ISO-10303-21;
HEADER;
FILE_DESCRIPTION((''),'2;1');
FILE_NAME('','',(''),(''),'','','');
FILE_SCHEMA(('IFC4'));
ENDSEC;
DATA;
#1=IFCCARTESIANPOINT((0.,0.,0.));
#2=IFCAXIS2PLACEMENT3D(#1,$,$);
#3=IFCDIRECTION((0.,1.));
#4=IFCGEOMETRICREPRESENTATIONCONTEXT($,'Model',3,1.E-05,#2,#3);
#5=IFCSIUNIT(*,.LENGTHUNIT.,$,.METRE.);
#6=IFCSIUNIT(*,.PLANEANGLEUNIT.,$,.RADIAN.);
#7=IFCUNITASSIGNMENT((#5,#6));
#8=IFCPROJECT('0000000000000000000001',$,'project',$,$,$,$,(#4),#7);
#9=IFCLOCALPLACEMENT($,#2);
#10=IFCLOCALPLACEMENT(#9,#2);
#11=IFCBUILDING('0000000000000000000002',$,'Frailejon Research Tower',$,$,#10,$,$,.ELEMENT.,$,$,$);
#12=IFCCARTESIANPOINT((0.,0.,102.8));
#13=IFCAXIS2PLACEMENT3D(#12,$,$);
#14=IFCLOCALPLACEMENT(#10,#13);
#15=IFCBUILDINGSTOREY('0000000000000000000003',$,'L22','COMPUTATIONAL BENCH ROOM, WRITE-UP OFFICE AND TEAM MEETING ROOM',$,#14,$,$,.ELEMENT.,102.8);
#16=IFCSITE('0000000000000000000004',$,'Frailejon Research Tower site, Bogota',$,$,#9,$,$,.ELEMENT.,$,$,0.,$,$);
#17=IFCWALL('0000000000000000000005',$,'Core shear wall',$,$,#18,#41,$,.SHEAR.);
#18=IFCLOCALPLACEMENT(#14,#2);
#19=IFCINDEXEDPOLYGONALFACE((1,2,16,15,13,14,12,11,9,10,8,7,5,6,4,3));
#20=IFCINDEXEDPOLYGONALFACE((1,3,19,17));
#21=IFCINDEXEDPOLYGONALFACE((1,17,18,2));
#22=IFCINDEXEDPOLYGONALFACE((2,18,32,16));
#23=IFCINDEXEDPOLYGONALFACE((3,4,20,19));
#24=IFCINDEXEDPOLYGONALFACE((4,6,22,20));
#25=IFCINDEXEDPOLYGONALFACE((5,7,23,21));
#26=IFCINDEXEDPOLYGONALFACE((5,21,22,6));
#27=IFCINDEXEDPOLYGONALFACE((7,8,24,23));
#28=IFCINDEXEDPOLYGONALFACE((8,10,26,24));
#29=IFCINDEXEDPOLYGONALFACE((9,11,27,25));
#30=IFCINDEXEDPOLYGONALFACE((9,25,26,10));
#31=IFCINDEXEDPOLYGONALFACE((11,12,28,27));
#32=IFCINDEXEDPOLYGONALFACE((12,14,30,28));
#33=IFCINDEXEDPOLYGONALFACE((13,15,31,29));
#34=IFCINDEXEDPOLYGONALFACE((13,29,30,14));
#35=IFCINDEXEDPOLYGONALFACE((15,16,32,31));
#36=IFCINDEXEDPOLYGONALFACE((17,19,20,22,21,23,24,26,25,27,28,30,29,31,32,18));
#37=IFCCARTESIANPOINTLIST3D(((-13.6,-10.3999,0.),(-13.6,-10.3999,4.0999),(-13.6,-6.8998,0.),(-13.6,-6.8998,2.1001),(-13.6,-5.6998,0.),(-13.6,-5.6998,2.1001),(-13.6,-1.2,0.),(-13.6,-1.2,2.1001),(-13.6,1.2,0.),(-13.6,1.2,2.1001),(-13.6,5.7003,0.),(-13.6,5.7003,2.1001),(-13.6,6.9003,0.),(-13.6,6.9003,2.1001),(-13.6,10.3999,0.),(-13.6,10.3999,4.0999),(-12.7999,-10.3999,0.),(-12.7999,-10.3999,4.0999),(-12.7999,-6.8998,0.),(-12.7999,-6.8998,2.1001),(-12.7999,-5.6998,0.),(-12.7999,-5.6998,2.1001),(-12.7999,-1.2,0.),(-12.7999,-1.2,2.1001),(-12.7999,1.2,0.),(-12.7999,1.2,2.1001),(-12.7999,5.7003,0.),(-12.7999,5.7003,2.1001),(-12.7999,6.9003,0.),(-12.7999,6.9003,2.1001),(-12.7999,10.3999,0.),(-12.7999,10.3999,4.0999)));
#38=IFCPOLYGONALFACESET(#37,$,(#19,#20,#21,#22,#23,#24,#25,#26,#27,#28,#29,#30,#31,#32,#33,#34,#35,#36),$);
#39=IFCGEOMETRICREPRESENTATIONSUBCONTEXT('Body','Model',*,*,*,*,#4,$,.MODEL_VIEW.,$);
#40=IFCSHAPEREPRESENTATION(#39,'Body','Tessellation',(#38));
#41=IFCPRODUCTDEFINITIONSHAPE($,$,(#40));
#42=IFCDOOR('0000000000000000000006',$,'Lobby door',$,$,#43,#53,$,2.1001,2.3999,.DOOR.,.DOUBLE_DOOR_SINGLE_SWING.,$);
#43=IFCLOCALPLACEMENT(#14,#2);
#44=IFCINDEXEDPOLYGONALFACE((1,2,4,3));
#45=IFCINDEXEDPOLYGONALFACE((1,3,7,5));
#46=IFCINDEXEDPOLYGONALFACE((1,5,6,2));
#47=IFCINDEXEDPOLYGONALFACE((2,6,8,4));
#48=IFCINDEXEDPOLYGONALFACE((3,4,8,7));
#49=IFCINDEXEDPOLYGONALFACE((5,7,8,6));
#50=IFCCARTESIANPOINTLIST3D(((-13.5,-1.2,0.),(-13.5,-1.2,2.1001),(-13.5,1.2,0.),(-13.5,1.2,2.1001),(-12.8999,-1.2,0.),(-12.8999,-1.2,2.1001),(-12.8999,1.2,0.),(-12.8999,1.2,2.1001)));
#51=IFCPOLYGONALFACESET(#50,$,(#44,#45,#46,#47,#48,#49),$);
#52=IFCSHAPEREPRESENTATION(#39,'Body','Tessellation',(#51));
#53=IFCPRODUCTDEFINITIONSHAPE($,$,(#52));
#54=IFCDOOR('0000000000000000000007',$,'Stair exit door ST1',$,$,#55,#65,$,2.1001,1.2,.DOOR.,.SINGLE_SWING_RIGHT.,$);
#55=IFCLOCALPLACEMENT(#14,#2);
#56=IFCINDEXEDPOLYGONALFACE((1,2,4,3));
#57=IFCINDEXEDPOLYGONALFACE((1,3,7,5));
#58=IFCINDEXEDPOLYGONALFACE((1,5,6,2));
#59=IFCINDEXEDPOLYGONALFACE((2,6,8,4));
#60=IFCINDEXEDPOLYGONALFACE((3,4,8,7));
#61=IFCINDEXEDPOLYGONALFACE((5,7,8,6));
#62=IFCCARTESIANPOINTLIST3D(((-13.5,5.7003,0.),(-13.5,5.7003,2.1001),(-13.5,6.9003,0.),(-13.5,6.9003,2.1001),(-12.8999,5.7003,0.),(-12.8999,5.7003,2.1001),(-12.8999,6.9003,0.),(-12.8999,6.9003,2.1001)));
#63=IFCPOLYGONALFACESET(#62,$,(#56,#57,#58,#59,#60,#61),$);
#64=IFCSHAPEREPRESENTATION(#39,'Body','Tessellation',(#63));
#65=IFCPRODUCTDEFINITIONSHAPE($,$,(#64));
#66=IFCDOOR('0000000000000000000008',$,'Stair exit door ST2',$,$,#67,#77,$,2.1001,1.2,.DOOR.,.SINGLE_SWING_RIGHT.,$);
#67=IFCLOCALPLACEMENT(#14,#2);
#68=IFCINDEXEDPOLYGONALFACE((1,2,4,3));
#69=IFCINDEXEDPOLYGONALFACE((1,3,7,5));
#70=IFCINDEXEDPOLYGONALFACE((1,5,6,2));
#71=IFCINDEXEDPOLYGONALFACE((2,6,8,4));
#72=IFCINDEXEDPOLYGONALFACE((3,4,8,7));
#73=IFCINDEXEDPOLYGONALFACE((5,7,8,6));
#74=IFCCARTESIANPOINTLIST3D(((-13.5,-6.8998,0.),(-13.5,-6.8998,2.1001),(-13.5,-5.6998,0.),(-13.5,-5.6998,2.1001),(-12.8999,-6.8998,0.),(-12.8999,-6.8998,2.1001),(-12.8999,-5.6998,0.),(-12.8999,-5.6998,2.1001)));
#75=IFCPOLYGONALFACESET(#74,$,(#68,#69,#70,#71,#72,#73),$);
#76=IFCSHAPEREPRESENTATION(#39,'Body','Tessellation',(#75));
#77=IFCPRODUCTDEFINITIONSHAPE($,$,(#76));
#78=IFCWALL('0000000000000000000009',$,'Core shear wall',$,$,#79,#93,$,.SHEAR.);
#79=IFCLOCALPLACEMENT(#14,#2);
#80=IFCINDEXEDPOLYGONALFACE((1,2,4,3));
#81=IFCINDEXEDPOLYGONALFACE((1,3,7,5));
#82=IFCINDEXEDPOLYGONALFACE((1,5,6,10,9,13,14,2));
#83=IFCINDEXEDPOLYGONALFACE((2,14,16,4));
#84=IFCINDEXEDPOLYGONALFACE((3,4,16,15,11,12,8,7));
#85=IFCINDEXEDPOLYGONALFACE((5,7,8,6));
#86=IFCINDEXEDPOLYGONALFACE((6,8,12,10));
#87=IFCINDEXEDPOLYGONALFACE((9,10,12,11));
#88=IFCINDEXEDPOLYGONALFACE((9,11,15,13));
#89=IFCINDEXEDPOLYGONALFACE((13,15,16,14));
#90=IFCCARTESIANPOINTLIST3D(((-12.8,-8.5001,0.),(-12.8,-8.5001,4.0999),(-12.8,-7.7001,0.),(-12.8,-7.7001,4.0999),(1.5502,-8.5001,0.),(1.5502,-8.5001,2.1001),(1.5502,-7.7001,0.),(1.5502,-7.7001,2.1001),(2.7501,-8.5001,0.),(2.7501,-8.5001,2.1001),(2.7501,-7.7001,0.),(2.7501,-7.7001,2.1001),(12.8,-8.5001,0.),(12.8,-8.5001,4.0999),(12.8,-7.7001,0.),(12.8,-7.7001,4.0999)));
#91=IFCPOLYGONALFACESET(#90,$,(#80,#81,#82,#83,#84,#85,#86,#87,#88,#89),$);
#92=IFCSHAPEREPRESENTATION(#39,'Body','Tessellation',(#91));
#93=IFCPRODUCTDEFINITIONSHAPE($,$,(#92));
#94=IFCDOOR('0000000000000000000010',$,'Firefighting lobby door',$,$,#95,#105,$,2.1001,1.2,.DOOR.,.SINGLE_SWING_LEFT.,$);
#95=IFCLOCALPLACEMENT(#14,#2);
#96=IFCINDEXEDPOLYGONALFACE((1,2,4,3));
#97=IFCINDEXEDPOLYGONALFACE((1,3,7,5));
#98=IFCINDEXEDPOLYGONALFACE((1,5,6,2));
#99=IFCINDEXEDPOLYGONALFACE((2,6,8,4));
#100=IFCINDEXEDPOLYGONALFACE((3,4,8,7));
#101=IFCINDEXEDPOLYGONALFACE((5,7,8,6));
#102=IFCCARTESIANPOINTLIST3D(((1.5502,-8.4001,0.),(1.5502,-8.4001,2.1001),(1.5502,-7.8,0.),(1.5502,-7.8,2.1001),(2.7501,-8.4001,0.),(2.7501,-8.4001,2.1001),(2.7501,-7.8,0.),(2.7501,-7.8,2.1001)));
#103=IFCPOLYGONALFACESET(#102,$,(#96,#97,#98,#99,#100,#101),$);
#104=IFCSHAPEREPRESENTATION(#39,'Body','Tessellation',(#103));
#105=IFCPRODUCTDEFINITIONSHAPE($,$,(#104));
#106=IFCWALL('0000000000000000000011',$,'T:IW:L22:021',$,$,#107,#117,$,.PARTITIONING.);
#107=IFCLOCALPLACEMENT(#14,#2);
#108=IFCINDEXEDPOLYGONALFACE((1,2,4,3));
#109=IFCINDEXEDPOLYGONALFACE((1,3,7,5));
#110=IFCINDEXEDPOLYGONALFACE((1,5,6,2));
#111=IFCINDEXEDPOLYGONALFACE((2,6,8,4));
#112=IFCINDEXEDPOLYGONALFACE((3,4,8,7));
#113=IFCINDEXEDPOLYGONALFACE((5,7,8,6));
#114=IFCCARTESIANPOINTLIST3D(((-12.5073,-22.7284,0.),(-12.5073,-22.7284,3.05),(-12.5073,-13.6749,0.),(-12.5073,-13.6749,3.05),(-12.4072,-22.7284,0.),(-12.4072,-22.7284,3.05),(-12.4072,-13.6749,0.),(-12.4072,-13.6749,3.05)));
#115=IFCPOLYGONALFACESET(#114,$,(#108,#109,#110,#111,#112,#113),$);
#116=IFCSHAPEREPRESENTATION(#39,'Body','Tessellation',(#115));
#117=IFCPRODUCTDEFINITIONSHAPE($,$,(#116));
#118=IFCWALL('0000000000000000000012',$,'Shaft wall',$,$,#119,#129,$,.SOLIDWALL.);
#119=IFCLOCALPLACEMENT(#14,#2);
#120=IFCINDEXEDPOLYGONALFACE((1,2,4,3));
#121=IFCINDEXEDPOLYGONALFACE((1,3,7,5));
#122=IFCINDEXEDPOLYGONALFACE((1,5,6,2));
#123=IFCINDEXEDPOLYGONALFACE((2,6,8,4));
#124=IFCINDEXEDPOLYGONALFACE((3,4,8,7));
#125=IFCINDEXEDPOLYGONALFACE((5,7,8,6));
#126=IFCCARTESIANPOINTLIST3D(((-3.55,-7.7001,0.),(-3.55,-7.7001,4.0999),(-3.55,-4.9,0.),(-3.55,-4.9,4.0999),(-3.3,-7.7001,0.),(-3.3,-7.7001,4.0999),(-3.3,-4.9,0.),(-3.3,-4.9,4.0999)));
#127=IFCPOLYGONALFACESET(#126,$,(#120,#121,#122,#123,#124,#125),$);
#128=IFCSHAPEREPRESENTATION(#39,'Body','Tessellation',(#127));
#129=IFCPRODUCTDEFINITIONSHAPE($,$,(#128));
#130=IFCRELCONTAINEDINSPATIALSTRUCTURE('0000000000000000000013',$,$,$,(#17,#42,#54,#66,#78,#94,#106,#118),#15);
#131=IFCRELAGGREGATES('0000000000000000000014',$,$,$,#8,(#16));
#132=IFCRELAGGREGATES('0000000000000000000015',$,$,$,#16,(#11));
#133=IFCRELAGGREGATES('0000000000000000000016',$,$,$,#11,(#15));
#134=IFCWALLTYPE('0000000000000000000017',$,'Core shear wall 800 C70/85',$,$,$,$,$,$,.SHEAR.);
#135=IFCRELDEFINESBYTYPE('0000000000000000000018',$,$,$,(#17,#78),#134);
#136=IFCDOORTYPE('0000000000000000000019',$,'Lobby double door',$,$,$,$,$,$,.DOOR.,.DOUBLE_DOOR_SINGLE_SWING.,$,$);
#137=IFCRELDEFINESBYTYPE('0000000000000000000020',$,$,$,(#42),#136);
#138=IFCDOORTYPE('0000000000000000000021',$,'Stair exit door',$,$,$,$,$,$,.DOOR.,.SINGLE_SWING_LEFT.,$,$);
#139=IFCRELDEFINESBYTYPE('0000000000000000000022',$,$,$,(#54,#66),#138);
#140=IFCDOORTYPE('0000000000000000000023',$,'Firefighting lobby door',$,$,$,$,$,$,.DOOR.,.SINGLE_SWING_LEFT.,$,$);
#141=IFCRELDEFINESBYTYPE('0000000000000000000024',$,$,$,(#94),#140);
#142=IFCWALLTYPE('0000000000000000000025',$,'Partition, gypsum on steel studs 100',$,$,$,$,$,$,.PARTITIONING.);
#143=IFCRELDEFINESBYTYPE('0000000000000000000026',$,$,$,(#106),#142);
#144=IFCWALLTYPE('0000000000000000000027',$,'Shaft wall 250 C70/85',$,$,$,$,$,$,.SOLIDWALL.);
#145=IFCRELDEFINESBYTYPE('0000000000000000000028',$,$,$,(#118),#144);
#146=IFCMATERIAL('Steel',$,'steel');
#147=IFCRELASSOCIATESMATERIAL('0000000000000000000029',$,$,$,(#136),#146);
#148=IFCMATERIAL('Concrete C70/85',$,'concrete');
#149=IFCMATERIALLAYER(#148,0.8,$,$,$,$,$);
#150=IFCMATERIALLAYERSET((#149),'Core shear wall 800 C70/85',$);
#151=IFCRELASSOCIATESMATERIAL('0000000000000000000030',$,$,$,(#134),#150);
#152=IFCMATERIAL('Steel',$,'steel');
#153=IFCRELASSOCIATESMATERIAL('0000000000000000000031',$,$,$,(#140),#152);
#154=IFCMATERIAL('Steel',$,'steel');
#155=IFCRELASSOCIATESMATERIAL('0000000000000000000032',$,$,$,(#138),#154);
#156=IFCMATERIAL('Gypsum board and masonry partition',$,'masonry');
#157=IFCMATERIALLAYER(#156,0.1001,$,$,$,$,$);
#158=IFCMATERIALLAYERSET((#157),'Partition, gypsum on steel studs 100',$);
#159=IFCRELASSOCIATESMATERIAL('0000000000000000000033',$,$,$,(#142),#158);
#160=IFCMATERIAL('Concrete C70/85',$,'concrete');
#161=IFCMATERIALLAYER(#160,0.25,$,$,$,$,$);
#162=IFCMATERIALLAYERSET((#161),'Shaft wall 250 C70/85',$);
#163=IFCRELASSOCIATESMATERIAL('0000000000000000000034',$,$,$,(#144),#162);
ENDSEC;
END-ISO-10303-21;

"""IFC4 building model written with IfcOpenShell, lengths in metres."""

from ifc_helpers import new_model, si_unit, direction, frame, frame_2d, origin, place, context, subcontext, project, spatial, rectangle, extrude, material, layer, layer_set, type_object, element, fill, save


model = new_model("IFC4")

# Units and contexts
model_context = context("Model", 3, precision=1e-05, world=origin(), true_north=direction((0.0, 1.0)))
body_context = subcontext(model_context, "Body", "Model", "MODEL_VIEW")
ifc_project = project(units=[si_unit("LENGTHUNIT", "METRE"), si_unit("PLANEANGLEUNIT", "RADIAN")], contexts=[model_context])

# Site, building, storey
site_placement = place(None, origin())
site = spatial("IfcSite", under=ifc_project, at=site_placement, Name="Frailejon Research Tower site, Bogota", CompositionType="ELEMENT", RefElevation=0.0)
building_placement = place(site_placement, origin())
building = spatial("IfcBuilding", under=site, at=building_placement, Name="Frailejon Research Tower", CompositionType="ELEMENT")
storey_placement = place(building_placement, frame((0.0, 0.0, 102.8)))
storey = spatial("IfcBuildingStorey", under=building, at=storey_placement, Name="L22", Description="COMPUTATIONAL BENCH ROOM, WRITE-UP OFFICE AND TEAM MEETING ROOM", CompositionType="ELEMENT", Elevation=102.8)

# Wall, openings, doors
ifc_material_1 = material(Name="Steel", Category="steel")
door_type_1 = type_object("IfcDoorType", Name="Lobby double door", OperationType="DOUBLE_DOOR_SINGLE_SWING", PredefinedType="DOOR", material=ifc_material_1)
ifc_material_2 = material(Name="Concrete C70/85", Category="concrete")
ifc_layer_1 = layer(ifc_material_2, 0.8)
ifc_layer_set_1 = layer_set([ifc_layer_1], Name="Core shear wall 800 C70/85")
wall_type_1 = type_object("IfcWallType", Name="Core shear wall 800 C70/85", PredefinedType="SHEAR", material=ifc_layer_set_1)
ifc_material_3 = material(Name="Steel", Category="steel")
door_type_2 = type_object("IfcDoorType", Name="Firefighting lobby door", OperationType="SINGLE_SWING_LEFT", PredefinedType="DOOR", material=ifc_material_3)
wall_1_placement = place(storey_placement, frame((-13.2, -10.3999, 0.0), z_axis=(0.0, 0.0, 1.0), x_axis=(0.0, 1.0, 0.0)))
wall_1 = element("IfcWall", 1, at=wall_1_placement, inside=storey, type_object=wall_type_1, Name="Core shear wall", PredefinedType="SHEAR", context=body_context, shape_type="SweptSolid", body=[
    extrude(rectangle(XDim=20.7998, YDim=0.8, at=frame_2d((10.3999, 0.0))), origin(), (0.0, 0.0, 1.0), 4.0999),
])
opening_1_placement = place(wall_1_placement, frame((9.2, 0.0, 0.0)))
opening_1 = element("IfcOpeningElement", 2, at=opening_1_placement, cuts=wall_1, PredefinedType="OPENING", context=body_context, shape_type="SweptSolid", body=[
    extrude(rectangle(XDim=2.3999, YDim=2.1001, at=frame_2d((1.2, 1.05))), frame((0.0, 0.4099, 0.0), z_axis=(0.0, -1.0, 0.0), x_axis=(1.0, 0.0, 0.0)), (0.0, 0.0, 1.0), 0.8201),
])
opening_2_placement = place(wall_1_placement, frame((16.1001, 0.0, 0.0)))
opening_2 = element("IfcOpeningElement", 3, at=opening_2_placement, cuts=wall_1, PredefinedType="OPENING", context=body_context, shape_type="SweptSolid", body=[
    extrude(rectangle(XDim=1.2, YDim=2.1001, at=frame_2d((0.6001, 1.05))), frame((0.0, 0.4099, 0.0), z_axis=(0.0, -1.0, 0.0), x_axis=(1.0, 0.0, 0.0)), (0.0, 0.0, 1.0), 0.8201),
])
opening_3_placement = place(wall_1_placement, frame((3.5, 0.0, 0.0)))
opening_3 = element("IfcOpeningElement", 4, at=opening_3_placement, cuts=wall_1, PredefinedType="OPENING", context=body_context, shape_type="SweptSolid", body=[
    extrude(rectangle(XDim=1.2, YDim=2.1001, at=frame_2d((0.6001, 1.05))), frame((0.0, 0.4099, 0.0), z_axis=(0.0, -1.0, 0.0), x_axis=(1.0, 0.0, 0.0)), (0.0, 0.0, 1.0), 0.8201),
])
door_1_placement = place(opening_1_placement, origin())
door_1 = element("IfcDoor", 5, at=door_1_placement, inside=storey, type_object=door_type_1, Name="Lobby door", OperationType="DOUBLE_DOOR_SINGLE_SWING", OverallHeight=2.1001, OverallWidth=2.3999, PredefinedType="DOOR", context=body_context, shape_type="SweptSolid", body=[
    extrude(rectangle(XDim=2.3999, YDim=2.1001, at=frame_2d((1.2, 1.05))), frame((0.0, 0.3, 0.0), z_axis=(0.0, -1.0, 0.0), x_axis=(1.0, 0.0, 0.0)), (0.0, 0.0, 1.0), 0.6001),
])
fill(opening_1, door_1)
ifc_material_4 = material(Name="Steel", Category="steel")
door_type_3 = type_object("IfcDoorType", Name="Stair exit door", OperationType="SINGLE_SWING_LEFT", PredefinedType="DOOR", material=ifc_material_4)
door_2_placement = place(opening_2_placement, origin())
door_2 = element("IfcDoor", 6, at=door_2_placement, inside=storey, type_object=door_type_3, Name="Stair exit door ST1", OperationType="SINGLE_SWING_RIGHT", OverallHeight=2.1001, OverallWidth=1.2, PredefinedType="DOOR", context=body_context, shape_type="SweptSolid", body=[
    extrude(rectangle(XDim=1.2, YDim=2.1001, at=frame_2d((0.6001, 1.05))), frame((0.0, 0.3, 0.0), z_axis=(0.0, -1.0, 0.0), x_axis=(1.0, 0.0, 0.0)), (0.0, 0.0, 1.0), 0.6001),
])
fill(opening_2, door_2)
door_3_placement = place(opening_3_placement, origin())
door_3 = element("IfcDoor", 7, at=door_3_placement, inside=storey, type_object=door_type_3, Name="Stair exit door ST2", OperationType="SINGLE_SWING_RIGHT", OverallHeight=2.1001, OverallWidth=1.2, PredefinedType="DOOR", context=body_context, shape_type="SweptSolid", body=[
    extrude(rectangle(XDim=1.2, YDim=2.1001, at=frame_2d((0.6001, 1.05))), frame((0.0, 0.3, 0.0), z_axis=(0.0, -1.0, 0.0), x_axis=(1.0, 0.0, 0.0)), (0.0, 0.0, 1.0), 0.6001),
])
fill(opening_3, door_3)

# Wall, opening, door
wall_2_placement = place(storey_placement, frame((-12.8, -8.1001, 0.0), z_axis=(0.0, 0.0, 1.0), x_axis=(1.0, 0.0, 0.0)))
wall_2 = element("IfcWall", 8, at=wall_2_placement, inside=storey, type_object=wall_type_1, Name="Core shear wall", PredefinedType="SHEAR", context=body_context, shape_type="SweptSolid", body=[
    extrude(rectangle(XDim=25.6001, YDim=0.8, at=frame_2d((12.8, 0.0))), origin(), (0.0, 0.0, 1.0), 4.0999),
])
opening_4_placement = place(wall_2_placement, frame((14.3501, 0.0, 0.0)))
opening_4 = element("IfcOpeningElement", 9, at=opening_4_placement, cuts=wall_2, PredefinedType="OPENING", context=body_context, shape_type="SweptSolid", body=[
    extrude(rectangle(XDim=1.2, YDim=2.1001, at=frame_2d((0.6001, 1.05))), frame((0.0, 0.4099, 0.0), z_axis=(0.0, -1.0, 0.0), x_axis=(1.0, 0.0, 0.0)), (0.0, 0.0, 1.0), 0.8201),
])
door_4_placement = place(opening_4_placement, origin())
door_4 = element("IfcDoor", 10, at=door_4_placement, inside=storey, type_object=door_type_2, Name="Firefighting lobby door", OperationType="SINGLE_SWING_LEFT", OverallHeight=2.1001, OverallWidth=1.2, PredefinedType="DOOR", context=body_context, shape_type="SweptSolid", body=[
    extrude(rectangle(XDim=1.2, YDim=2.1001, at=frame_2d((0.6001, 1.05))), frame((0.0, 0.3, 0.0), z_axis=(0.0, -1.0, 0.0), x_axis=(1.0, 0.0, 0.0)), (0.0, 0.0, 1.0), 0.6001),
])
fill(opening_4, door_4)

# Walls
ifc_material_5 = material(Name="Gypsum board and masonry partition", Category="masonry")
ifc_layer_2 = layer(ifc_material_5, 0.1001)
ifc_layer_set_2 = layer_set([ifc_layer_2], Name="Partition, gypsum on steel studs 100")
wall_type_2 = type_object("IfcWallType", Name="Partition, gypsum on steel studs 100", PredefinedType="PARTITIONING", material=ifc_layer_set_2)
wall_3_placement = place(storey_placement, frame((-12.4573, -22.7285, 0.0), z_axis=(0.0, 0.0, 1.0), x_axis=(0.0, 1.0, 0.0)))
element("IfcWall", 11, at=wall_3_placement, inside=storey, type_object=wall_type_2, Name="T:IW:L22:021", PredefinedType="PARTITIONING", context=body_context, shape_type="SweptSolid", body=[
    extrude(rectangle(XDim=9.0535, YDim=0.1001, at=frame_2d((4.5269, 0.0))), origin(), (0.0, 0.0, 1.0), 3.05),
])
ifc_material_6 = material(Name="Concrete C70/85", Category="concrete")
ifc_layer_3 = layer(ifc_material_6, 0.25)
ifc_layer_set_3 = layer_set([ifc_layer_3], Name="Shaft wall 250 C70/85")
wall_type_3 = type_object("IfcWallType", Name="Shaft wall 250 C70/85", PredefinedType="SOLIDWALL", material=ifc_layer_set_3)
wall_4_placement = place(storey_placement, frame((-3.425, -7.7, 0.0), z_axis=(0.0, 0.0, 1.0), x_axis=(0.0, 1.0, 0.0)))
element("IfcWall", 12, at=wall_4_placement, inside=storey, type_object=wall_type_3, Name="Shaft wall", PredefinedType="SOLIDWALL", context=body_context, shape_type="SweptSolid", body=[
    extrude(rectangle(XDim=2.8, YDim=0.25, at=frame_2d((1.3999, 0.0))), origin(), (0.0, 0.0, 1.0), 4.0999),
])

save(model, "model.ifc")
